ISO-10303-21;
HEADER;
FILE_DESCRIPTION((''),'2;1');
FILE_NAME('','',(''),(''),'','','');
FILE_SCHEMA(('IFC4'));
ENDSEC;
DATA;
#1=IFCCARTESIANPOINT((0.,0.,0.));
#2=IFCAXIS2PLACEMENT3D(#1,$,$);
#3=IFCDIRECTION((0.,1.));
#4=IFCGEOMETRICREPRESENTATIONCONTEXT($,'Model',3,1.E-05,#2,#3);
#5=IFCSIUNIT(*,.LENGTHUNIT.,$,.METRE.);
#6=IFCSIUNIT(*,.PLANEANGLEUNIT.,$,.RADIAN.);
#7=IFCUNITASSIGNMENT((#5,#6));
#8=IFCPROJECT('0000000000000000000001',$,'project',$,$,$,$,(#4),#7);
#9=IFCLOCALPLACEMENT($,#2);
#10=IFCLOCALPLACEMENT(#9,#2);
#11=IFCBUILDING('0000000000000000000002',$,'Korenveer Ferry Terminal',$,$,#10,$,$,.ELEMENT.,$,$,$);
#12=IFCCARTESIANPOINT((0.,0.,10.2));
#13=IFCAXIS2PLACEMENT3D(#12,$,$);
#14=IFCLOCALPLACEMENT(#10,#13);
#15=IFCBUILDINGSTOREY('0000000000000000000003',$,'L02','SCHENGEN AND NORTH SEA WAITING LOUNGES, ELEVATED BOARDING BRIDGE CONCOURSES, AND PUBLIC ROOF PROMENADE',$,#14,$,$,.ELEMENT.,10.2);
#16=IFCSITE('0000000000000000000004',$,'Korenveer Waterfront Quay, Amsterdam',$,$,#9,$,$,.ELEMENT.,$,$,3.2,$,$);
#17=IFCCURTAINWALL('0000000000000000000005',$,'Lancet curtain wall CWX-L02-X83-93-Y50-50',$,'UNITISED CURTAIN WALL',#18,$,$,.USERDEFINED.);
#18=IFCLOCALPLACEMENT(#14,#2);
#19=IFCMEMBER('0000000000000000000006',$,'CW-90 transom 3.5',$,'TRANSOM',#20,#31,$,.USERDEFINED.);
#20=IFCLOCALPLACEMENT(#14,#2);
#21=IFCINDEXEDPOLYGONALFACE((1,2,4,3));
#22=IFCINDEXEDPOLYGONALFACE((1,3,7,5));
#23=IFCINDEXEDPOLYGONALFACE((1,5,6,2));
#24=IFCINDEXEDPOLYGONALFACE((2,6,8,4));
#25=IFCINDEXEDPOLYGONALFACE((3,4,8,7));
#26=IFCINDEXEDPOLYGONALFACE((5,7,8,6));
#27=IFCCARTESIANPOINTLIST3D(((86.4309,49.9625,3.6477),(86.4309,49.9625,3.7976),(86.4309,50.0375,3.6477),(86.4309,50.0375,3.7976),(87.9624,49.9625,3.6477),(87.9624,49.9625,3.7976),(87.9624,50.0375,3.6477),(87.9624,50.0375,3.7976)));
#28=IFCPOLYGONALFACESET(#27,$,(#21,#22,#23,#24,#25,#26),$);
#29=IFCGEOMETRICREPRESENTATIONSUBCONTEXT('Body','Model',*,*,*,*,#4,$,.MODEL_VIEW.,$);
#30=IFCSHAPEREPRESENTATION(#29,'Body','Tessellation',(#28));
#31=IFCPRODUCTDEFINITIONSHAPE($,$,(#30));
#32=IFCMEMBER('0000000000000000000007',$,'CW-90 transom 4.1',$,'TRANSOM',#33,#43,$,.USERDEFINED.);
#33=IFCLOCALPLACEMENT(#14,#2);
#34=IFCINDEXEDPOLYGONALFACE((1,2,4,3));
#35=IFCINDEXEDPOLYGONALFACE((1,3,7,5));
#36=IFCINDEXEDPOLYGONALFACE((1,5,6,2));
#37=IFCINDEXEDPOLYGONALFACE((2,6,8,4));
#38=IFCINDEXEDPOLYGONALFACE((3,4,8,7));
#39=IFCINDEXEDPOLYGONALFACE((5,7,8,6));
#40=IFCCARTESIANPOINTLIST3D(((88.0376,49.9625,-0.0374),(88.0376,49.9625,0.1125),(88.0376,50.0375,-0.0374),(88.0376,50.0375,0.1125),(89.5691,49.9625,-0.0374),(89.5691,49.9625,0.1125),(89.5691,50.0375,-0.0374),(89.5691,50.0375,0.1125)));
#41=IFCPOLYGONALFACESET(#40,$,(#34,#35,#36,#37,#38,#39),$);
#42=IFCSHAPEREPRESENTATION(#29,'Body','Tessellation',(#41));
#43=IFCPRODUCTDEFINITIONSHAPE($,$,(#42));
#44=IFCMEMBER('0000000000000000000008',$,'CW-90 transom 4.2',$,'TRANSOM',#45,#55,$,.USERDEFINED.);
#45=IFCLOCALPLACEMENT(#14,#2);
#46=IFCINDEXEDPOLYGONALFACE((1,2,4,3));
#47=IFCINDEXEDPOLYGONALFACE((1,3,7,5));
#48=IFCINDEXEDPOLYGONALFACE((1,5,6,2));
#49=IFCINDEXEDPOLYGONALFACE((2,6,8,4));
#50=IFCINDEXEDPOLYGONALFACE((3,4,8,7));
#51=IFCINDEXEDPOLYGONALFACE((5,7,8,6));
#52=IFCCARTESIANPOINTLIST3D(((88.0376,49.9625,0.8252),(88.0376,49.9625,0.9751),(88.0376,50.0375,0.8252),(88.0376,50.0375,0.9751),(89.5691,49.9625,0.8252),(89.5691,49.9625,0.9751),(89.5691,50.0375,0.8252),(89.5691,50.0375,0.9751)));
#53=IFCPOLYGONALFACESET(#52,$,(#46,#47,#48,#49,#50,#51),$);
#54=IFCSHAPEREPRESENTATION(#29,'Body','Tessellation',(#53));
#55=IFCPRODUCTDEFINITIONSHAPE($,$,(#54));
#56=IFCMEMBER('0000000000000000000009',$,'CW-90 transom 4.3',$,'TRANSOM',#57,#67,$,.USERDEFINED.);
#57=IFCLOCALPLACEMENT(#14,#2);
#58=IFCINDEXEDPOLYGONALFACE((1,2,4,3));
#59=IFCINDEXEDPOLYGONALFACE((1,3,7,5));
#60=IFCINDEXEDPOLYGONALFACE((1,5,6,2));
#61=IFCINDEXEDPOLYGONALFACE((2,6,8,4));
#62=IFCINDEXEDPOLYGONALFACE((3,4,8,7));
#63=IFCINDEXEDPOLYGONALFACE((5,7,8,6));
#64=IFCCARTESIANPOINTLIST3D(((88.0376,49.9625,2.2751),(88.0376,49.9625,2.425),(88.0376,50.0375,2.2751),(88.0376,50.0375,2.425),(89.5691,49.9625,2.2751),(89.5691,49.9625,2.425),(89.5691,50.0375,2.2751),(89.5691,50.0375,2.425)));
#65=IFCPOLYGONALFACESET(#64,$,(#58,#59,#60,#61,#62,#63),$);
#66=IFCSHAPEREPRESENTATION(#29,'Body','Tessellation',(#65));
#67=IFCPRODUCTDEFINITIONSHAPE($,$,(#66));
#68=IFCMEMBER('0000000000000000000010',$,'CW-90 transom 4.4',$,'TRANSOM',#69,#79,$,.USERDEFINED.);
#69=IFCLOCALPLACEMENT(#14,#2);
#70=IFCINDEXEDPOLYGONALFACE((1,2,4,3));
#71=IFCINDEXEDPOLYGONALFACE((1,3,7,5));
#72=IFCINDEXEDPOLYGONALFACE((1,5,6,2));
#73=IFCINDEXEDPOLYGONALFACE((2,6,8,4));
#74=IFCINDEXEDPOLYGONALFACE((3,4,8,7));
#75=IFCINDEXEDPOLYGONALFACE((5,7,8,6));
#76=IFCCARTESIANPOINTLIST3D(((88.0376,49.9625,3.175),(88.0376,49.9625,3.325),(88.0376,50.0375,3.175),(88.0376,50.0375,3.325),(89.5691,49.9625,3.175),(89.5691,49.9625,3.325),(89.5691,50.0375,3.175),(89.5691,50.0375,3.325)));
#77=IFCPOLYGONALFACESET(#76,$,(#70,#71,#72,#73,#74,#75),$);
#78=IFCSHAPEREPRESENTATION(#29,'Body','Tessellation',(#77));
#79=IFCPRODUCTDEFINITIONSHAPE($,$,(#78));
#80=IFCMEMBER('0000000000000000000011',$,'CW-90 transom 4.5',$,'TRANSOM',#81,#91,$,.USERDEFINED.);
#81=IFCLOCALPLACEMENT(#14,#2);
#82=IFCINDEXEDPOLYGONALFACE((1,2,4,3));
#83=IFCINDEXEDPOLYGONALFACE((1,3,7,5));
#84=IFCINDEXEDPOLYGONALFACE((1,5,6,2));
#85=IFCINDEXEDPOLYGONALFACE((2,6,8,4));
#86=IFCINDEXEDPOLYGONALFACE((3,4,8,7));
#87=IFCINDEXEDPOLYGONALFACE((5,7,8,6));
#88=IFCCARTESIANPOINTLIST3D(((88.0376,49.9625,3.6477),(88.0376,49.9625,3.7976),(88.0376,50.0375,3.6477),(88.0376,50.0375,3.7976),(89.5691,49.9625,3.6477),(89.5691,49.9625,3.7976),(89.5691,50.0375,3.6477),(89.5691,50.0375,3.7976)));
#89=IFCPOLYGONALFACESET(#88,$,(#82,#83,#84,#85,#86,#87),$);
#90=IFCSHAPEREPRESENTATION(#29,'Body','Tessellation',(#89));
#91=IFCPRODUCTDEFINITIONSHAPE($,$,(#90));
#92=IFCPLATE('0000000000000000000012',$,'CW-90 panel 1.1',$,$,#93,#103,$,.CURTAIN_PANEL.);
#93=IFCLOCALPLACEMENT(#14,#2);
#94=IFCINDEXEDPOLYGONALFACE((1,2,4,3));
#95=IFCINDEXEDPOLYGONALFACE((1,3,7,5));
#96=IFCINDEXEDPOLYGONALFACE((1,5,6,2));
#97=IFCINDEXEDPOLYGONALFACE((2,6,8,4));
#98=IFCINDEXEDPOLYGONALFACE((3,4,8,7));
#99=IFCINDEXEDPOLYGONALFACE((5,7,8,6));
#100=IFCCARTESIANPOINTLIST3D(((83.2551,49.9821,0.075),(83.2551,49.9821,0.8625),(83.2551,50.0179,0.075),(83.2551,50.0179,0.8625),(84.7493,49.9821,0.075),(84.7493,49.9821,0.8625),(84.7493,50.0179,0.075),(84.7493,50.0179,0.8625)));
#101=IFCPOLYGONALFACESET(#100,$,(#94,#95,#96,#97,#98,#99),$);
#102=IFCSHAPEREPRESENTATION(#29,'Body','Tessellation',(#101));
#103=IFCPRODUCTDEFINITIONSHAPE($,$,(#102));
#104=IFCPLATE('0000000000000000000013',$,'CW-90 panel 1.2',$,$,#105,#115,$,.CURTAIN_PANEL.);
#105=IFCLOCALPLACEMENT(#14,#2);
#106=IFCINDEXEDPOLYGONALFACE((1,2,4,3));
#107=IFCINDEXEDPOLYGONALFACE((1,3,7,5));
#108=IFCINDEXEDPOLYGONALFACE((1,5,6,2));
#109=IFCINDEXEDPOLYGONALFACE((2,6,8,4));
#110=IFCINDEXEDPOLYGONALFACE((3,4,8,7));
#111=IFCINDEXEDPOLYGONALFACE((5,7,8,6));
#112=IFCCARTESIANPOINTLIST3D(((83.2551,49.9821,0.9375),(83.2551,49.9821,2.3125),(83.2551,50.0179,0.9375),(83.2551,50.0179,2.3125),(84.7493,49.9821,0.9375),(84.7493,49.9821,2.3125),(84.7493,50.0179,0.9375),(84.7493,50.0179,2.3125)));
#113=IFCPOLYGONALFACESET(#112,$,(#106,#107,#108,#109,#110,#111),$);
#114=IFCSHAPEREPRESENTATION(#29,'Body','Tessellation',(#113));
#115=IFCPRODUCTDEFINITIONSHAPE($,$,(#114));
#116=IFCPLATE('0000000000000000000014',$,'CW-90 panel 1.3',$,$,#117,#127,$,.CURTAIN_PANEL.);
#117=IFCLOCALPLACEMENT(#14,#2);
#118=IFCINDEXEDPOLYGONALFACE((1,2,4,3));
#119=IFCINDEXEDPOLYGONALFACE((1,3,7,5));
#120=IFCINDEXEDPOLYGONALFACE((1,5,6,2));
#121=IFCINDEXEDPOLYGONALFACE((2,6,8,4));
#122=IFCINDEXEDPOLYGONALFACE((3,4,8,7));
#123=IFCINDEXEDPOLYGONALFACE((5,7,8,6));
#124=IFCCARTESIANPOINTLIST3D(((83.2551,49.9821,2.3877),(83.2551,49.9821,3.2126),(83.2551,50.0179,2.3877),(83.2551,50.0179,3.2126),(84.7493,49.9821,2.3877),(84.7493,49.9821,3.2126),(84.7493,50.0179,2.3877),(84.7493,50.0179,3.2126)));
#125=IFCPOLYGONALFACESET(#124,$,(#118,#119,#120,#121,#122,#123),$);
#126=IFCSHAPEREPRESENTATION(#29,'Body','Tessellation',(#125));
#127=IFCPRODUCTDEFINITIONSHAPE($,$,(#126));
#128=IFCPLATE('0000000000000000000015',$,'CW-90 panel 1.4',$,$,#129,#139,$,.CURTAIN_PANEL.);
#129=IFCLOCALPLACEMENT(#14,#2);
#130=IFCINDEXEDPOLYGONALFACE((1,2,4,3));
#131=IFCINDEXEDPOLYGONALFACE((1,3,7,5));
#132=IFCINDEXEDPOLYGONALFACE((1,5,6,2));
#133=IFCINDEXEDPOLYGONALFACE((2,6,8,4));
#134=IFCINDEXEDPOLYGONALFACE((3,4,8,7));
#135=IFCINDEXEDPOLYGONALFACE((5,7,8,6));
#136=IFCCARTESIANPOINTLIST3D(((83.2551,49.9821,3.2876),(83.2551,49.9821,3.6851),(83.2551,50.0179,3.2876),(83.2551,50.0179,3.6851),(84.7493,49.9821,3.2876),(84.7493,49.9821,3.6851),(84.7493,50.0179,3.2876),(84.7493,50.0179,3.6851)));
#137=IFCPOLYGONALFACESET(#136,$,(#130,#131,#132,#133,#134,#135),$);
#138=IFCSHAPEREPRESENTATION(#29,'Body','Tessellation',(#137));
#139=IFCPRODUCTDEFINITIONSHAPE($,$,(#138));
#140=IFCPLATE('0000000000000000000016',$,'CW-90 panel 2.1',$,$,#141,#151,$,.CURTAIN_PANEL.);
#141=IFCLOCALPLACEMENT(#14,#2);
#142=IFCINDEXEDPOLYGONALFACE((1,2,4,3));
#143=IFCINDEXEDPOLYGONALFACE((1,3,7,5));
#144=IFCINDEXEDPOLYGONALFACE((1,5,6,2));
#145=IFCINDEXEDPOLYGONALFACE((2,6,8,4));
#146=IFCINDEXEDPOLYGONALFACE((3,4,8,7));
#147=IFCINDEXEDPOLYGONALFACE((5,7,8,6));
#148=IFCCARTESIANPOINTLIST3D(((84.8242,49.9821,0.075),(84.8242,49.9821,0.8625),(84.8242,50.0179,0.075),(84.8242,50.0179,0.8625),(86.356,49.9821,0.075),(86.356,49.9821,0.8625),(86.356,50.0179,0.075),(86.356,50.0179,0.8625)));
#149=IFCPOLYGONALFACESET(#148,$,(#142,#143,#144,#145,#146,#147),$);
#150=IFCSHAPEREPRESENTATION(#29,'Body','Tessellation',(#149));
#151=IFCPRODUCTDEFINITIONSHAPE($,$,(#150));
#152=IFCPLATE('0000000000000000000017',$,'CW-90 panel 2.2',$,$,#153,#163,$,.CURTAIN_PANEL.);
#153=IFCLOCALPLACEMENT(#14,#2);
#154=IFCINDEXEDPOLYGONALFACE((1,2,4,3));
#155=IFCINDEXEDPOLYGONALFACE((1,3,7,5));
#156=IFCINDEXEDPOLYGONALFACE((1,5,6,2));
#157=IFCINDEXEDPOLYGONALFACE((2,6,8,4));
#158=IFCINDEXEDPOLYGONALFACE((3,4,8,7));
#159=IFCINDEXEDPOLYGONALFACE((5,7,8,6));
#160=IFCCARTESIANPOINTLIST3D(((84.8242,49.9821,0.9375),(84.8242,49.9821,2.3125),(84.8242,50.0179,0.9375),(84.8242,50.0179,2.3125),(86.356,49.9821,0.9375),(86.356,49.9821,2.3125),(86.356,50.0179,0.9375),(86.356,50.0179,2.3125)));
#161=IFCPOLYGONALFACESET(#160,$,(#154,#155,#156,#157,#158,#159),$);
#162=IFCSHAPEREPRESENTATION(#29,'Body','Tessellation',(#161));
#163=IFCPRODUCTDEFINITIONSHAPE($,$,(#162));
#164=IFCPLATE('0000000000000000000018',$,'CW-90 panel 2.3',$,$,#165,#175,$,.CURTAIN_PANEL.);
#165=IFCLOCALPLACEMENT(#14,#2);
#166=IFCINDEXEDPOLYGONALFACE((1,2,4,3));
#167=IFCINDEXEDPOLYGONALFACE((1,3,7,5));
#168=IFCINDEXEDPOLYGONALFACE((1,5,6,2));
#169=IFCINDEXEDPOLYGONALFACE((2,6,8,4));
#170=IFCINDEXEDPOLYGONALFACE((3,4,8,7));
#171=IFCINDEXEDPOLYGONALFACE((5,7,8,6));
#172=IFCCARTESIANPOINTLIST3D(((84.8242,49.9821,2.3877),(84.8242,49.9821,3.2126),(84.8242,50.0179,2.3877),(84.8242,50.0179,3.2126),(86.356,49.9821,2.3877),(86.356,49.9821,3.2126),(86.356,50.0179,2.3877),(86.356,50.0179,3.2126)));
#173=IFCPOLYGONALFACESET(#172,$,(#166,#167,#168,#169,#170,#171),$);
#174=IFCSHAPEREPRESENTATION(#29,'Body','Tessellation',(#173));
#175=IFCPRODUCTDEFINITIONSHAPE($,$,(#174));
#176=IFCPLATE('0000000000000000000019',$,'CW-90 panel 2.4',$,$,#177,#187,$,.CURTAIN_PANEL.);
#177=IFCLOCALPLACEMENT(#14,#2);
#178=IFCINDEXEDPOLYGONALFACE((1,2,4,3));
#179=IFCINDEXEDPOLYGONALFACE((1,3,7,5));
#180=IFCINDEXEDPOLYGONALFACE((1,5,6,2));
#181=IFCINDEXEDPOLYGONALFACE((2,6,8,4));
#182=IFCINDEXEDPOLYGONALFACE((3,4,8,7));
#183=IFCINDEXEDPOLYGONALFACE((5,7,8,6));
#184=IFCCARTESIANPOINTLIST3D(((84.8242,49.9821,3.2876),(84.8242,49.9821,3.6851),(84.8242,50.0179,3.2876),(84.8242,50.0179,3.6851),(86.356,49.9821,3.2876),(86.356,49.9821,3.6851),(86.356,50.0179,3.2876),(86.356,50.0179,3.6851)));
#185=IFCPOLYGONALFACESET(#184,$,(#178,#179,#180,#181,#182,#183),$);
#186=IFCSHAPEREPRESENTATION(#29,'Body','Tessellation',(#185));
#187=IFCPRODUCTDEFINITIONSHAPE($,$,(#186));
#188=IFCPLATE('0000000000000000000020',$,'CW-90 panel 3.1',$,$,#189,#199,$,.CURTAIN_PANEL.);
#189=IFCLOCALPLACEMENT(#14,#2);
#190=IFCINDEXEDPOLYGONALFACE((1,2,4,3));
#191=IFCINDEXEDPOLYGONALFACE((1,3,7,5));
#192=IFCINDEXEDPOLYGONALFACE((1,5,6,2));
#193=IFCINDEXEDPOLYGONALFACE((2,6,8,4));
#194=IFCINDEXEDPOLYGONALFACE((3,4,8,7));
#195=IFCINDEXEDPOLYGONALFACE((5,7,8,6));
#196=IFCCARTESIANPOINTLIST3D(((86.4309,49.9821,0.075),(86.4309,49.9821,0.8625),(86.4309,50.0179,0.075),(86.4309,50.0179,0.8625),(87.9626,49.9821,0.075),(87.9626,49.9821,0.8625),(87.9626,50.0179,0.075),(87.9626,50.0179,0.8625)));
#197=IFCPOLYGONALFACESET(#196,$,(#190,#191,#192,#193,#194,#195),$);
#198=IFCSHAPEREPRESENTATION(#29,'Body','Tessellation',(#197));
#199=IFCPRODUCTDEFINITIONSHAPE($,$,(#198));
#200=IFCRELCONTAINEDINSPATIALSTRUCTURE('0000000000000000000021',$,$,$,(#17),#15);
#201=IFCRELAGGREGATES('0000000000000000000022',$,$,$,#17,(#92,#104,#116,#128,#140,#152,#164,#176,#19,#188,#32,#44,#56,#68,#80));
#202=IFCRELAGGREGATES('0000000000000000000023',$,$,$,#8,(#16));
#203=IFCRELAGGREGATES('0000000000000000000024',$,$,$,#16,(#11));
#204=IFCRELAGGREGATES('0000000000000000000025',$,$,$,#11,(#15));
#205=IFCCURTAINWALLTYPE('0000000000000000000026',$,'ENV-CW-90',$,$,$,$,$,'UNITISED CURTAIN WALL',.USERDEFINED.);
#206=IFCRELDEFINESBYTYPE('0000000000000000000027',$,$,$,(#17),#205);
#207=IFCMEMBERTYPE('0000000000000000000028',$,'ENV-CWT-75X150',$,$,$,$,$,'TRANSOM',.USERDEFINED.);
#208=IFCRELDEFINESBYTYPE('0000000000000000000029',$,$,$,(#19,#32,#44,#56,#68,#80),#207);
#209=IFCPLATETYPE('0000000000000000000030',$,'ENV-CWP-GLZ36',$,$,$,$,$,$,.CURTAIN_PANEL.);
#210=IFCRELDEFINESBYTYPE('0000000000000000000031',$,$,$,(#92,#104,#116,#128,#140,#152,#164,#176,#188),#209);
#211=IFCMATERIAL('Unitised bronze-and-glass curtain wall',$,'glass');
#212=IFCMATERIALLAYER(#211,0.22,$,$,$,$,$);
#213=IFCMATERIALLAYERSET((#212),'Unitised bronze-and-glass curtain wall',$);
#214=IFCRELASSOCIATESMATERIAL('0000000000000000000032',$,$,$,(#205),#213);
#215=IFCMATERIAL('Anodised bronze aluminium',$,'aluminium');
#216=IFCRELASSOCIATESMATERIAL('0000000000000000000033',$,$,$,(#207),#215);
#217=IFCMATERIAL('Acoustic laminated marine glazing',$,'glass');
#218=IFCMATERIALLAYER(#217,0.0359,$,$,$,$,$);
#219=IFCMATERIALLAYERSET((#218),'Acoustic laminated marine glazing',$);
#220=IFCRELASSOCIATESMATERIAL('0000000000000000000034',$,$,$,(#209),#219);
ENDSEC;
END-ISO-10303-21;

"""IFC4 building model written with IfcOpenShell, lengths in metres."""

from ifc_helpers import new_model, si_unit, direction, frame, origin, origin_2d, place, context, subcontext, project, spatial, rectangle, extrude, material, layer, layer_set, material_profile, profile_set, type_object, element, aggregate, save


model = new_model("IFC4")

# Units and contexts
model_context = context("Model", 3, precision=1e-05, world=origin(), true_north=direction((0.0, 1.0)))
body_context = subcontext(model_context, "Body", "Model", "MODEL_VIEW")
ifc_project = project(units=[si_unit("LENGTHUNIT", "METRE"), si_unit("PLANEANGLEUNIT", "RADIAN")], contexts=[model_context])

# Site, building, storey
site_placement = place(None, origin())
site = spatial("IfcSite", under=ifc_project, at=site_placement, Name="Korenveer Waterfront Quay, Amsterdam", CompositionType="ELEMENT", RefElevation=3.2)
building_placement = place(site_placement, origin())
building = spatial("IfcBuilding", under=site, at=building_placement, Name="Korenveer Ferry Terminal", CompositionType="ELEMENT")
storey_placement = place(building_placement, frame((0.0, 0.0, 10.2)))
storey = spatial("IfcBuildingStorey", under=building, at=storey_placement, Name="L02", Description="SCHENGEN AND NORTH SEA WAITING LOUNGES, ELEVATED BOARDING BRIDGE CONCOURSES, AND PUBLIC ROOF PROMENADE", CompositionType="ELEMENT", Elevation=10.2)

# Curtain wall, members, plates
ifc_material_1 = material(Name="Unitised bronze-and-glass curtain wall", Category="glass")
ifc_layer_1 = layer(ifc_material_1, 0.22)
ifc_layer_set_1 = layer_set([ifc_layer_1], Name="Unitised bronze-and-glass curtain wall")
curtain_wall_type = type_object("IfcCurtainWallType", Name="ENV-CW-90", ElementType="UNITISED CURTAIN WALL", PredefinedType="USERDEFINED", material=ifc_layer_set_1)
curtain_wall_placement = place(storey_placement, frame((83.1799, 50.0, 0.0)))
curtain_wall = element("IfcCurtainWall", 1, at=curtain_wall_placement, inside=storey, type_object=curtain_wall_type, Name="Lancet curtain wall CWX-L02-X83-93-Y50-50", ObjectType="UNITISED CURTAIN WALL", PredefinedType="USERDEFINED")
ifc_material_2 = material(Name="Anodised bronze aluminium", Category="aluminium")
ifc_material_profile_1 = material_profile(ifc_material_2, rectangle(XDim=0.075, YDim=0.1499, at=origin_2d()), Name="ALU 75x150")
ifc_profile_set_1 = profile_set([ifc_material_profile_1], Name="Anodised bronze aluminium")
member_type_1 = type_object("IfcMemberType", Name="ENV-CWT-75X150", ElementType="TRANSOM", PredefinedType="USERDEFINED", material=ifc_profile_set_1)
member_1_placement = place(storey_placement, frame((86.4309, 50.0, 3.7227), z_axis=(1.0, 0.0, 0.0), x_axis=(0.0, 1.0, 0.0)))
member_1 = element("IfcMember", 2, at=member_1_placement, type_object=member_type_1, Name="CW-90 transom 3.5", ObjectType="TRANSOM", PredefinedType="USERDEFINED", context=body_context, shape_type="SweptSolid", body=[
    extrude(rectangle(XDim=0.075, YDim=0.1499, at=origin_2d()), origin(), (0.0, 0.0, 1.0), 1.5315),
])
member_2_placement = place(storey_placement, frame((88.0376, 50.0, 0.0376), z_axis=(1.0, 0.0, 0.0), x_axis=(0.0, 1.0, 0.0)))
member_2 = element("IfcMember", 3, at=member_2_placement, type_object=member_type_1, Name="CW-90 transom 4.1", ObjectType="TRANSOM", PredefinedType="USERDEFINED", context=body_context, shape_type="SweptSolid", body=[
    extrude(rectangle(XDim=0.075, YDim=0.1499, at=origin_2d()), origin(), (0.0, 0.0, 1.0), 1.5315),
])
member_3_placement = place(storey_placement, frame((88.0376, 50.0, 0.9001), z_axis=(1.0, 0.0, 0.0), x_axis=(0.0, 1.0, 0.0)))
member_3 = element("IfcMember", 4, at=member_3_placement, type_object=member_type_1, Name="CW-90 transom 4.2", ObjectType="TRANSOM", PredefinedType="USERDEFINED", context=body_context, shape_type="SweptSolid", body=[
    extrude(rectangle(XDim=0.075, YDim=0.1499, at=origin_2d()), origin(), (0.0, 0.0, 1.0), 1.5315),
])
member_4_placement = place(storey_placement, frame((88.0376, 50.0, 2.3501), z_axis=(1.0, 0.0, 0.0), x_axis=(0.0, 1.0, 0.0)))
member_4 = element("IfcMember", 5, at=member_4_placement, type_object=member_type_1, Name="CW-90 transom 4.3", ObjectType="TRANSOM", PredefinedType="USERDEFINED", context=body_context, shape_type="SweptSolid", body=[
    extrude(rectangle(XDim=0.075, YDim=0.1499, at=origin_2d()), origin(), (0.0, 0.0, 1.0), 1.5315),
])
member_5_placement = place(storey_placement, frame((88.0376, 50.0, 3.25), z_axis=(1.0, 0.0, 0.0), x_axis=(0.0, 1.0, 0.0)))
member_5 = element("IfcMember", 6, at=member_5_placement, type_object=member_type_1, Name="CW-90 transom 4.4", ObjectType="TRANSOM", PredefinedType="USERDEFINED", context=body_context, shape_type="SweptSolid", body=[
    extrude(rectangle(XDim=0.075, YDim=0.1499, at=origin_2d()), origin(), (0.0, 0.0, 1.0), 1.5315),
])
member_6_placement = place(storey_placement, frame((88.0376, 50.0, 3.7227), z_axis=(1.0, 0.0, 0.0), x_axis=(0.0, 1.0, 0.0)))
member_6 = element("IfcMember", 7, at=member_6_placement, type_object=member_type_1, Name="CW-90 transom 4.5", ObjectType="TRANSOM", PredefinedType="USERDEFINED", context=body_context, shape_type="SweptSolid", body=[
    extrude(rectangle(XDim=0.075, YDim=0.1499, at=origin_2d()), origin(), (0.0, 0.0, 1.0), 1.5315),
])
ifc_material_3 = material(Name="Acoustic laminated marine glazing", Category="glass")
ifc_layer_2 = layer(ifc_material_3, 0.0359)
ifc_layer_set_2 = layer_set([ifc_layer_2], Name="Acoustic laminated marine glazing")
plate_type = type_object("IfcPlateType", Name="ENV-CWP-GLZ36", PredefinedType="CURTAIN_PANEL", material=ifc_layer_set_2)
plate_1_placement = place(storey_placement, frame((84.0022, 50.0, 0.075), z_axis=(0.0, 0.0, 1.0), x_axis=(1.0, 0.0, 0.0)))
plate_1 = element("IfcPlate", 8, at=plate_1_placement, type_object=plate_type, Name="CW-90 panel 1.1", PredefinedType="CURTAIN_PANEL", context=body_context, shape_type="SweptSolid", body=[
    extrude(rectangle(XDim=1.4941, YDim=0.0359, at=origin_2d()), origin(), (0.0, 0.0, 1.0), 0.7876),
])
plate_2_placement = place(storey_placement, frame((84.0022, 50.0, 0.9375), z_axis=(0.0, 0.0, 1.0), x_axis=(1.0, 0.0, 0.0)))
plate_2 = element("IfcPlate", 9, at=plate_2_placement, type_object=plate_type, Name="CW-90 panel 1.2", PredefinedType="CURTAIN_PANEL", context=body_context, shape_type="SweptSolid", body=[
    extrude(rectangle(XDim=1.4941, YDim=0.0359, at=origin_2d()), origin(), (0.0, 0.0, 1.0), 1.375),
])
plate_3_placement = place(storey_placement, frame((84.0022, 50.0, 2.3877), z_axis=(0.0, 0.0, 1.0), x_axis=(1.0, 0.0, 0.0)))
plate_3 = element("IfcPlate", 10, at=plate_3_placement, type_object=plate_type, Name="CW-90 panel 1.3", PredefinedType="CURTAIN_PANEL", context=body_context, shape_type="SweptSolid", body=[
    extrude(rectangle(XDim=1.4941, YDim=0.0359, at=origin_2d()), origin(), (0.0, 0.0, 1.0), 0.825),
])
plate_4_placement = place(storey_placement, frame((84.0022, 50.0, 3.2876), z_axis=(0.0, 0.0, 1.0), x_axis=(1.0, 0.0, 0.0)))
plate_4 = element("IfcPlate", 11, at=plate_4_placement, type_object=plate_type, Name="CW-90 panel 1.4", PredefinedType="CURTAIN_PANEL", context=body_context, shape_type="SweptSolid", body=[
    extrude(rectangle(XDim=1.4941, YDim=0.0359, at=origin_2d()), origin(), (0.0, 0.0, 1.0), 0.3975),
])
plate_5_placement = place(storey_placement, frame((85.5901, 50.0, 0.075), z_axis=(0.0, 0.0, 1.0), x_axis=(1.0, 0.0, 0.0)))
plate_5 = element("IfcPlate", 12, at=plate_5_placement, type_object=plate_type, Name="CW-90 panel 2.1", PredefinedType="CURTAIN_PANEL", context=body_context, shape_type="SweptSolid", body=[
    extrude(rectangle(XDim=1.5317, YDim=0.0359, at=origin_2d()), origin(), (0.0, 0.0, 1.0), 0.7876),
])
plate_6_placement = place(storey_placement, frame((85.5901, 50.0, 0.9375), z_axis=(0.0, 0.0, 1.0), x_axis=(1.0, 0.0, 0.0)))
plate_6 = element("IfcPlate", 13, at=plate_6_placement, type_object=plate_type, Name="CW-90 panel 2.2", PredefinedType="CURTAIN_PANEL", context=body_context, shape_type="SweptSolid", body=[
    extrude(rectangle(XDim=1.5317, YDim=0.0359, at=origin_2d()), origin(), (0.0, 0.0, 1.0), 1.375),
])
plate_7_placement = place(storey_placement, frame((85.5901, 50.0, 2.3877), z_axis=(0.0, 0.0, 1.0), x_axis=(1.0, 0.0, 0.0)))
plate_7 = element("IfcPlate", 14, at=plate_7_placement, type_object=plate_type, Name="CW-90 panel 2.3", PredefinedType="CURTAIN_PANEL", context=body_context, shape_type="SweptSolid", body=[
    extrude(rectangle(XDim=1.5317, YDim=0.0359, at=origin_2d()), origin(), (0.0, 0.0, 1.0), 0.825),
])
plate_8_placement = place(storey_placement, frame((85.5901, 50.0, 3.2876), z_axis=(0.0, 0.0, 1.0), x_axis=(1.0, 0.0, 0.0)))
plate_8 = element("IfcPlate", 15, at=plate_8_placement, type_object=plate_type, Name="CW-90 panel 2.4", PredefinedType="CURTAIN_PANEL", context=body_context, shape_type="SweptSolid", body=[
    extrude(rectangle(XDim=1.5317, YDim=0.0359, at=origin_2d()), origin(), (0.0, 0.0, 1.0), 0.3975),
])
plate_9_placement = place(storey_placement, frame((87.1968, 50.0, 0.075), z_axis=(0.0, 0.0, 1.0), x_axis=(1.0, 0.0, 0.0)))
plate_9 = element("IfcPlate", 16, at=plate_9_placement, type_object=plate_type, Name="CW-90 panel 3.1", PredefinedType="CURTAIN_PANEL", context=body_context, shape_type="SweptSolid", body=[
    extrude(rectangle(XDim=1.5317, YDim=0.0359, at=origin_2d()), origin(), (0.0, 0.0, 1.0), 0.7876),
])
aggregate(curtain_wall, [plate_1, plate_2, plate_3, plate_4, plate_5, plate_6, plate_7, plate_8, member_1, plate_9, member_2, member_3, member_4, member_5, member_6])

save(model, "model.ifc")
